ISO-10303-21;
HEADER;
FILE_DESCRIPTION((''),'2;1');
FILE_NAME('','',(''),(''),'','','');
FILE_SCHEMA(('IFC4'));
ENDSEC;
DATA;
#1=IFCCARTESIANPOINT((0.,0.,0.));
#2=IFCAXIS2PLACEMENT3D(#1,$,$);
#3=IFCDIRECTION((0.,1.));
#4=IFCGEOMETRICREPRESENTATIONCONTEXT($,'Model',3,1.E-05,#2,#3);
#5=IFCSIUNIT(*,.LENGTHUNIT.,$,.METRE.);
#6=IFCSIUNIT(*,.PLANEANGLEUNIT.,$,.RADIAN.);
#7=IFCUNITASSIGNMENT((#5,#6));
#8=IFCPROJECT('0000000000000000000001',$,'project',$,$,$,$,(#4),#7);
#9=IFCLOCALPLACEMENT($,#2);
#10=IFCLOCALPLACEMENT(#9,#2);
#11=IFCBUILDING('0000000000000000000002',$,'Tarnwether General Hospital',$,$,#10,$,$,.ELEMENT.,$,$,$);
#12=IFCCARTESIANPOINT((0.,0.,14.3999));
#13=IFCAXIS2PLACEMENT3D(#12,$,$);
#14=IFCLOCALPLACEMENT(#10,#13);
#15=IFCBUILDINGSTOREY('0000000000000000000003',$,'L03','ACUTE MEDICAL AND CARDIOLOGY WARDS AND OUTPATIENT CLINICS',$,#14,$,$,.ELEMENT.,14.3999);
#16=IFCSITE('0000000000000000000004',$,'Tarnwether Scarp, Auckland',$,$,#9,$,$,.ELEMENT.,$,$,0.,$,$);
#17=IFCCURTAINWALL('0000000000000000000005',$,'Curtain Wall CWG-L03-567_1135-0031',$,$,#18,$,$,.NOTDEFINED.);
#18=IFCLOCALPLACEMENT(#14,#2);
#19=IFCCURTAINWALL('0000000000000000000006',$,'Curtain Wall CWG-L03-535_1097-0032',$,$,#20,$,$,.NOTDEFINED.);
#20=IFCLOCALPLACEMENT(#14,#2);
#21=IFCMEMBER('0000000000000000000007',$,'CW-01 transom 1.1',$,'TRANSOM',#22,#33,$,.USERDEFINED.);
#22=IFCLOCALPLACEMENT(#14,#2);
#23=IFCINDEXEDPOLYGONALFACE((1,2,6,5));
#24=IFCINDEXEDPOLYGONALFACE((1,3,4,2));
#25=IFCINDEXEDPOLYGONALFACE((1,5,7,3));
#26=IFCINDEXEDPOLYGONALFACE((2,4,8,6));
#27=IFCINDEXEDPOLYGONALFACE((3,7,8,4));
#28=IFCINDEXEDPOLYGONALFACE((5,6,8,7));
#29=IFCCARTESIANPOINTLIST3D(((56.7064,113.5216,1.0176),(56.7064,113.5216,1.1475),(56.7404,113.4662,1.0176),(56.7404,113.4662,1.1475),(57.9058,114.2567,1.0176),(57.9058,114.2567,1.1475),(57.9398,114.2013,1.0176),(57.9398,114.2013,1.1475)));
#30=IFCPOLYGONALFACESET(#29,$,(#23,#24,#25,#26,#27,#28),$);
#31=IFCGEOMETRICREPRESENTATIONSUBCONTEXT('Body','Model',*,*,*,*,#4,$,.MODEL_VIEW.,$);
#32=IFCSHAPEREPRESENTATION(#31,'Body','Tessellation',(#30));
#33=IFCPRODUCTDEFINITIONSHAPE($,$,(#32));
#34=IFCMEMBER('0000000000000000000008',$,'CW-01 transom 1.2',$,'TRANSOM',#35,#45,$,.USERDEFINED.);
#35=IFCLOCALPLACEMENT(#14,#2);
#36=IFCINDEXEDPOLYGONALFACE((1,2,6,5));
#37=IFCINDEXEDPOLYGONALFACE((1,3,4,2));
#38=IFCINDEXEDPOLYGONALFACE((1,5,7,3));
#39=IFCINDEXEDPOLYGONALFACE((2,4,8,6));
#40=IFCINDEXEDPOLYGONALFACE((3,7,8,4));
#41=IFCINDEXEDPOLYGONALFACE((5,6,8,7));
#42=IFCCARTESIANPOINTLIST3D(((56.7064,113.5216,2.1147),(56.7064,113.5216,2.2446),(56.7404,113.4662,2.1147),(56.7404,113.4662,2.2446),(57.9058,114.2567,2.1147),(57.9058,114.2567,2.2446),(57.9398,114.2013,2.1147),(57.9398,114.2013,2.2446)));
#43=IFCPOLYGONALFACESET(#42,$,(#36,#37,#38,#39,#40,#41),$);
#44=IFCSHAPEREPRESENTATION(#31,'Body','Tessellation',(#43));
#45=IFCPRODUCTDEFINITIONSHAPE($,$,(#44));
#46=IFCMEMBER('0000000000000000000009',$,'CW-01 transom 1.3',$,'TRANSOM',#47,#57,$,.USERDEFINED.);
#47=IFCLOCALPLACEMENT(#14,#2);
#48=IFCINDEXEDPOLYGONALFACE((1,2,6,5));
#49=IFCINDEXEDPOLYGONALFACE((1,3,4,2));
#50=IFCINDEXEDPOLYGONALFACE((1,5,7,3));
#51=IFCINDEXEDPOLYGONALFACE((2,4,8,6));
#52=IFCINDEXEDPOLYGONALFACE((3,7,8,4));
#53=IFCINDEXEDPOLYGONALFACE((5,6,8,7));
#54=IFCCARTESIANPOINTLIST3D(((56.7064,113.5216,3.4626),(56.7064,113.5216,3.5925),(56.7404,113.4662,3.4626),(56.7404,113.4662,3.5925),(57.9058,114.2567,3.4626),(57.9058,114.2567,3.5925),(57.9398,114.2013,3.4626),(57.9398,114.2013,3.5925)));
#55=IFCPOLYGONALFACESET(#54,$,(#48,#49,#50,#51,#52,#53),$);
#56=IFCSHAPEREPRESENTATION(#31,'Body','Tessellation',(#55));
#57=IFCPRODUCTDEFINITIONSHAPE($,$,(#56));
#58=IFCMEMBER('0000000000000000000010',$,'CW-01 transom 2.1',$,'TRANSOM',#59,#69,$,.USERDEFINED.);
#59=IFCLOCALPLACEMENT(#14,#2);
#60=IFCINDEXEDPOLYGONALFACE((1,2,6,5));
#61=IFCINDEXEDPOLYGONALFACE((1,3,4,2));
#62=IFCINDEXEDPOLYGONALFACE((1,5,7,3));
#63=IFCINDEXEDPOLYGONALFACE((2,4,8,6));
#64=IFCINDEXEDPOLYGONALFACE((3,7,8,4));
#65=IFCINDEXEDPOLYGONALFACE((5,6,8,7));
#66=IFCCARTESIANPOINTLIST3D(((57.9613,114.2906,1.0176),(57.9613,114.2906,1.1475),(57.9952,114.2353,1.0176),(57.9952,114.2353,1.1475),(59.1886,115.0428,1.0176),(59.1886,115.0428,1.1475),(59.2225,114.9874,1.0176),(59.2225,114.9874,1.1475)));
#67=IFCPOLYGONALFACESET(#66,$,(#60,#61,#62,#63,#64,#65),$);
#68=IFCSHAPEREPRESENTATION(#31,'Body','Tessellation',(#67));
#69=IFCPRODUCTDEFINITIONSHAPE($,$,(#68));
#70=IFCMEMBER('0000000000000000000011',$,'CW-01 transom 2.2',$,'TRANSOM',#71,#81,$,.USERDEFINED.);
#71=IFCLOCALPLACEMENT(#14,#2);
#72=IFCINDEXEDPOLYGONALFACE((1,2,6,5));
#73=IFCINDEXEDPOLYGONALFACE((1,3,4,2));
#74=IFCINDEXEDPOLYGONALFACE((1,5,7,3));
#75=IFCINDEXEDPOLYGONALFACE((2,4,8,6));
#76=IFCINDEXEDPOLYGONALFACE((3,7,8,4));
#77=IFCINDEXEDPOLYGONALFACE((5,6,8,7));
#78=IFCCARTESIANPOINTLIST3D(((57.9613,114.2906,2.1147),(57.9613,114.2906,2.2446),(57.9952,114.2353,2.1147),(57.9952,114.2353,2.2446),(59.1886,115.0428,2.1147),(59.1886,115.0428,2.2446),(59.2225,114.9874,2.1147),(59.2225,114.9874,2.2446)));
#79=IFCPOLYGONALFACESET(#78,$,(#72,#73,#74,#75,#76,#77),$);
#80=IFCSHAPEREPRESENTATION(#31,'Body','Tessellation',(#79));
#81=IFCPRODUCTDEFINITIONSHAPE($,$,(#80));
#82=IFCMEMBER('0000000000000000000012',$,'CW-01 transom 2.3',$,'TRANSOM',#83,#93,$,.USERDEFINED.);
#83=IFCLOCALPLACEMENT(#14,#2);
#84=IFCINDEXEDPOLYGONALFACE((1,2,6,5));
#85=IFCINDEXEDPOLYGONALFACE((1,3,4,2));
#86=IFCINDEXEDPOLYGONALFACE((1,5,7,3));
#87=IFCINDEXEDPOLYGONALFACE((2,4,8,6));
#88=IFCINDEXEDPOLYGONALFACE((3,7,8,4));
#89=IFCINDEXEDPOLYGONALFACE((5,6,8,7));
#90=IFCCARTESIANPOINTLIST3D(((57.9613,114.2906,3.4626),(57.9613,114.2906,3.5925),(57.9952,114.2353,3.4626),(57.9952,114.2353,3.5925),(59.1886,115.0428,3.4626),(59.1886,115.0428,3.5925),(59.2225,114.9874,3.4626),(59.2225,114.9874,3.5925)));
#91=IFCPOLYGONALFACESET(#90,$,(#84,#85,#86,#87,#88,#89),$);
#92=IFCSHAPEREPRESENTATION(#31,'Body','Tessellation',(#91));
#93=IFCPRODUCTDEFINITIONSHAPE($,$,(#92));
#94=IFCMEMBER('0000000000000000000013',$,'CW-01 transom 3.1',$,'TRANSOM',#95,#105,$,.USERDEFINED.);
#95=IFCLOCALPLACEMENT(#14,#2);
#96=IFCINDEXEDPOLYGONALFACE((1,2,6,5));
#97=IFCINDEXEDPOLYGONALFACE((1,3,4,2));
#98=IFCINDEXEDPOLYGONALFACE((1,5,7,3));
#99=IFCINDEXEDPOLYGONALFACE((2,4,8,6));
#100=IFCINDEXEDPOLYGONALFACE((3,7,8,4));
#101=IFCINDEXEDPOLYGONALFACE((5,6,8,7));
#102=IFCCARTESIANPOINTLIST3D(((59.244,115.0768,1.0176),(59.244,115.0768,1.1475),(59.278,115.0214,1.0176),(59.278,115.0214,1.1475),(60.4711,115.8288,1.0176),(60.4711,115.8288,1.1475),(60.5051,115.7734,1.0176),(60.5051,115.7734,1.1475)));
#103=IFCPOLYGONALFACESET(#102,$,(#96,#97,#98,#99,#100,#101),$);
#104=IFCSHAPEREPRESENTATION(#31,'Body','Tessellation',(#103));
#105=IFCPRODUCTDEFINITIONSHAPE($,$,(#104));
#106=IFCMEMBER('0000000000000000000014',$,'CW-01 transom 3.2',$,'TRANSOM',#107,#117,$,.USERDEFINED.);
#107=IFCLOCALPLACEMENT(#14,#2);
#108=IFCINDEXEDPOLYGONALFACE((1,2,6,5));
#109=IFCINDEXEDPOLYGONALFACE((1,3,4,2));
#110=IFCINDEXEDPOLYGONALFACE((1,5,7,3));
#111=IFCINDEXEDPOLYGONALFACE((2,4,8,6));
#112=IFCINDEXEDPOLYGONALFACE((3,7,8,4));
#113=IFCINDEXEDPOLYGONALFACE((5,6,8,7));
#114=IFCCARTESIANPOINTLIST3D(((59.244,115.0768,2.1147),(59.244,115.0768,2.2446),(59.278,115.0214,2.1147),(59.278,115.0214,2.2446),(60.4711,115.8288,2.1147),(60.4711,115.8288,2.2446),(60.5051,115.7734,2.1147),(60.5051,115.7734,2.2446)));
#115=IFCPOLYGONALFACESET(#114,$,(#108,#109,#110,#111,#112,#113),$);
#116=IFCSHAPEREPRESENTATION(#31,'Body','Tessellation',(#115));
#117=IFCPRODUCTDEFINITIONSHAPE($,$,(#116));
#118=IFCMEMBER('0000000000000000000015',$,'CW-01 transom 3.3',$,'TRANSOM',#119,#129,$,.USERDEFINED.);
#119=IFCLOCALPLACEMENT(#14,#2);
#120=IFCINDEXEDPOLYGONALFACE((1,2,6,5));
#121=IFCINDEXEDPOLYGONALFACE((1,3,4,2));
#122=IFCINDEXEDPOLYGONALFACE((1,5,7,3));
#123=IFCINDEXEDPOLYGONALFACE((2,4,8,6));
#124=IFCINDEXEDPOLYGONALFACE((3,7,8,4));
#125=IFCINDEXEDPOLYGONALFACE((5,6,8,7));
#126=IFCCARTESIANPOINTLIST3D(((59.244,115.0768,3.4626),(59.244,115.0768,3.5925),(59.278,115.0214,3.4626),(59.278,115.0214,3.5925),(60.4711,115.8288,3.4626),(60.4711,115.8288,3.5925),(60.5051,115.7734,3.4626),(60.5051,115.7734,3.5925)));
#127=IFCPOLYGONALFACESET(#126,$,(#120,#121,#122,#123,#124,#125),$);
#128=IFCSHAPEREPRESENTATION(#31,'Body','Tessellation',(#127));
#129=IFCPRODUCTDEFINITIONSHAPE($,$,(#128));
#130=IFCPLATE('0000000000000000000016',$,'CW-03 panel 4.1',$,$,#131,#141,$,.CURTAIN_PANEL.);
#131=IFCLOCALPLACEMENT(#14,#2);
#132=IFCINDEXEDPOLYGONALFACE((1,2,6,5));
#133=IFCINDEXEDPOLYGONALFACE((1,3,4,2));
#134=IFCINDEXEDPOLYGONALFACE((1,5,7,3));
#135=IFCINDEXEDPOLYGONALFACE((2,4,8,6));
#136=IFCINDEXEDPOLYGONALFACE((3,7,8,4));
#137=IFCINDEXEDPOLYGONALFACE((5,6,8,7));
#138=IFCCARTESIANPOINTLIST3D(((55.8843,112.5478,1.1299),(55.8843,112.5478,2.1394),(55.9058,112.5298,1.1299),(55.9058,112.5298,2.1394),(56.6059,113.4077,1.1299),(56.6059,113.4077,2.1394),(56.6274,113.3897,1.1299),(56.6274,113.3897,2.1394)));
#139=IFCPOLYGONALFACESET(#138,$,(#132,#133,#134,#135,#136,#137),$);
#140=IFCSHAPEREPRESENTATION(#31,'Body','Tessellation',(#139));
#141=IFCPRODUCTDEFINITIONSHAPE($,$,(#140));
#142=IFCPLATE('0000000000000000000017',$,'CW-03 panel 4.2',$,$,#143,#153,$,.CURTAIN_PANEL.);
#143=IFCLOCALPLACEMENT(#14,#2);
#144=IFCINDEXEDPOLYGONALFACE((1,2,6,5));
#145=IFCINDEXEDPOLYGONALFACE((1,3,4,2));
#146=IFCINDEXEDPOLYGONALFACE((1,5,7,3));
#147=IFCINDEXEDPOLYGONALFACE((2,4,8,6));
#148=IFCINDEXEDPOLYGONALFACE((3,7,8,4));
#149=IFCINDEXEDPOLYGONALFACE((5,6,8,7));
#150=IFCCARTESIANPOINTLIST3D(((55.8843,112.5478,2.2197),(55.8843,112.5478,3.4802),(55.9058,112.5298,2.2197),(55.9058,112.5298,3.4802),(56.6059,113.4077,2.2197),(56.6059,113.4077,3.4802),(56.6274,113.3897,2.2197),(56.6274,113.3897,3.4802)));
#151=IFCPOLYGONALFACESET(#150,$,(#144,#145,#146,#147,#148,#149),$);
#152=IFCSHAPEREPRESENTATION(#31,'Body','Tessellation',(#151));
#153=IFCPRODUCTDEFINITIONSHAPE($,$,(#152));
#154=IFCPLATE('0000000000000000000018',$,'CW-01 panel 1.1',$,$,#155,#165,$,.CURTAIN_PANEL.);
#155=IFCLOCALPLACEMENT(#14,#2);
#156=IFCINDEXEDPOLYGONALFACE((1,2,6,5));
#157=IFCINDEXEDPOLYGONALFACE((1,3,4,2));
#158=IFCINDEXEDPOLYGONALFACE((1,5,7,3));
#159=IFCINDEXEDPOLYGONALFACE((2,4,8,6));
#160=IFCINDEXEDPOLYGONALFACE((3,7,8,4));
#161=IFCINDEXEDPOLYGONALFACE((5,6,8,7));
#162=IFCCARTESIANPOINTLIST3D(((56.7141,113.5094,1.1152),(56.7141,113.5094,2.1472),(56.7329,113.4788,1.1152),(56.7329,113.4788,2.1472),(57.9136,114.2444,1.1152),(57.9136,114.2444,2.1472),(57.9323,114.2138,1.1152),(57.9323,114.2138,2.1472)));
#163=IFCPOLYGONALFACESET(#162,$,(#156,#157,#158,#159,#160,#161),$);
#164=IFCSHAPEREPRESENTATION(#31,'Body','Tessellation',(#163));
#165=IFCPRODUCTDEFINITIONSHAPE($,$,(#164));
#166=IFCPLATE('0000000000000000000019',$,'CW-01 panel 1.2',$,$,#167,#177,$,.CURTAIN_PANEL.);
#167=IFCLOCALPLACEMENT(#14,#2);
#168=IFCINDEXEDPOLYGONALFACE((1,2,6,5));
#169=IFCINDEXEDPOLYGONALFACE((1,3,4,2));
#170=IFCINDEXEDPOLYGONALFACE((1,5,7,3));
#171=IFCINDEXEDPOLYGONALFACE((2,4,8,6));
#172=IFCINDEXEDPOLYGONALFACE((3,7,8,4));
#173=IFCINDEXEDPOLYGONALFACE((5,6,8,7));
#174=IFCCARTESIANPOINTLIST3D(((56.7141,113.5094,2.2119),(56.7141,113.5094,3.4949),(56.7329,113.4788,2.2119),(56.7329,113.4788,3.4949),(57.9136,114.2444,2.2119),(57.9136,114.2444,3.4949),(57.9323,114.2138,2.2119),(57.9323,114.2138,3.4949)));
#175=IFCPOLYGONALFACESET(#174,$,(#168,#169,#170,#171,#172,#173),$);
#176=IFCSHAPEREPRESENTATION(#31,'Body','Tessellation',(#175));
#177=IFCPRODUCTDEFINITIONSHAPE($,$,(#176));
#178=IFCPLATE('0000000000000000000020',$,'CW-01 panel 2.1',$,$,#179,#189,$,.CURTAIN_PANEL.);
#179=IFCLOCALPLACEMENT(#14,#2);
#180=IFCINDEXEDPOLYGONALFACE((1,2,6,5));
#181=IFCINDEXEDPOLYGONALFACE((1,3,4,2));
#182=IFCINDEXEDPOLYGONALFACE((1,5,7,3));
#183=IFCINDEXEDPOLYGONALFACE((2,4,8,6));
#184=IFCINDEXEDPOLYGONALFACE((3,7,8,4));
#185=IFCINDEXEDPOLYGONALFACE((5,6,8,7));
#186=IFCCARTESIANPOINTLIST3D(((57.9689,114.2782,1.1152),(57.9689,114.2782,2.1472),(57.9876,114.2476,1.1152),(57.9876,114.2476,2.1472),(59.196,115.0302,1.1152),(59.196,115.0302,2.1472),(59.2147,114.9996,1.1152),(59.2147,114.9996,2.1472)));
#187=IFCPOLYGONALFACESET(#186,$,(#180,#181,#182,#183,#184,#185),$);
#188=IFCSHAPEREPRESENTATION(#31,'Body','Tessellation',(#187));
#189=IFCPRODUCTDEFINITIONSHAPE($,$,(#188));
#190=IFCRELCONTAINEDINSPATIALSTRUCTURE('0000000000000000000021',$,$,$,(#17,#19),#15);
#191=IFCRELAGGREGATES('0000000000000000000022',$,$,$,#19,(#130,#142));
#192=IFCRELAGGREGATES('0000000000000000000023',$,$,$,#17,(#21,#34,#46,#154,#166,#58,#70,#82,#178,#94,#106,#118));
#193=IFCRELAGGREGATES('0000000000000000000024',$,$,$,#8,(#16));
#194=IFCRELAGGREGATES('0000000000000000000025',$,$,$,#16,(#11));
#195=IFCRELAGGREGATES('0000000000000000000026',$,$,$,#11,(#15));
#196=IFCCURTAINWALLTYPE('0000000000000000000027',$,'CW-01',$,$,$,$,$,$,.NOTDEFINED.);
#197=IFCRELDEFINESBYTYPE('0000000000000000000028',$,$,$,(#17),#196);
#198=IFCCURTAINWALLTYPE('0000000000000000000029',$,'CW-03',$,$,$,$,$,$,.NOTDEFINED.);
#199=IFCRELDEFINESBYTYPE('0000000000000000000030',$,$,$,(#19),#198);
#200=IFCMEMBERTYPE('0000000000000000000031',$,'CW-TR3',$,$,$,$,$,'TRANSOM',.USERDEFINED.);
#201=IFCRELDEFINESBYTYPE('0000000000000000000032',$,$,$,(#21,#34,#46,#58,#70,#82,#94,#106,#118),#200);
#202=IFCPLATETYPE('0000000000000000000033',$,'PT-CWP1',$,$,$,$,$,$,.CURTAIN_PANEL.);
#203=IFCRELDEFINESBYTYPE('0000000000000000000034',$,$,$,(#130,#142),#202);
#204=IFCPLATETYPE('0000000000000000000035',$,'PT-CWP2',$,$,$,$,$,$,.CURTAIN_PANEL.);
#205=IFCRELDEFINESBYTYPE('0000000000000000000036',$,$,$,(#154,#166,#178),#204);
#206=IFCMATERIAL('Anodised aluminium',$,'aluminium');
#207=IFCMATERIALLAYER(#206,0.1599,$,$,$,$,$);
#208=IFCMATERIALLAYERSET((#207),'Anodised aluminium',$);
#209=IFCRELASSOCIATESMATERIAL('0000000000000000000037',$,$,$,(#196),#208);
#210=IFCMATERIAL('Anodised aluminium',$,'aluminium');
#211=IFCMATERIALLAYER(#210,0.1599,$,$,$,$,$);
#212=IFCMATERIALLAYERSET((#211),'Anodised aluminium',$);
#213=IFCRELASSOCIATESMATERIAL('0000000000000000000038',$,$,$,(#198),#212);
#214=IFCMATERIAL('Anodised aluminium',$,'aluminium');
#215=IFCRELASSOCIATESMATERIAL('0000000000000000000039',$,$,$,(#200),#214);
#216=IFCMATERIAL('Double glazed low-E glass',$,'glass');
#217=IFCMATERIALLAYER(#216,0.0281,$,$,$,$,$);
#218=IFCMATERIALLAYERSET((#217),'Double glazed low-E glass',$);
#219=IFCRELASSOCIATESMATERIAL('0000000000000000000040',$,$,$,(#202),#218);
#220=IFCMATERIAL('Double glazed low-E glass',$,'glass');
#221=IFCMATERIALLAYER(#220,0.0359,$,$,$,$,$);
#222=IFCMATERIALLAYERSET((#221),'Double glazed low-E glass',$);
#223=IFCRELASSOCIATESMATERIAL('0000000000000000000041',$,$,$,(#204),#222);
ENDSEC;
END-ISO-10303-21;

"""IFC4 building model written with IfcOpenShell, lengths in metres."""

from ifc_helpers import new_model, si_unit, direction, frame, origin, origin_2d, place, context, subcontext, project, spatial, rectangle, extrude, material, layer, layer_set, material_profile, profile_set, type_object, element, aggregate, save


model = new_model("IFC4")

# Units and contexts
model_context = context("Model", 3, precision=1e-05, world=origin(), true_north=direction((0.0, 1.0)))
body_context = subcontext(model_context, "Body", "Model", "MODEL_VIEW")
ifc_project = project(units=[si_unit("LENGTHUNIT", "METRE"), si_unit("PLANEANGLEUNIT", "RADIAN")], contexts=[model_context])

# Site, building, storey
site_placement = place(None, origin())
site = spatial("IfcSite", under=ifc_project, at=site_placement, Name="Tarnwether Scarp, Auckland", CompositionType="ELEMENT", RefElevation=0.0)
building_placement = place(site_placement, origin())
building = spatial("IfcBuilding", under=site, at=building_placement, Name="Tarnwether General Hospital", CompositionType="ELEMENT")
storey_placement = place(building_placement, frame((0.0, 0.0, 14.3999)))
storey = spatial("IfcBuildingStorey", under=building, at=storey_placement, Name="L03", Description="ACUTE MEDICAL AND CARDIOLOGY WARDS AND OUTPATIENT CLINICS", CompositionType="ELEMENT", Elevation=14.3999)

# Curtain wall
ifc_material_1 = material(Name="Anodised aluminium", Category="aluminium")
ifc_layer_1 = layer(ifc_material_1, 0.1599)
ifc_layer_set_1 = layer_set([ifc_layer_1], Name="Anodised aluminium")
curtain_wall_type_1 = type_object("IfcCurtainWallType", Name="CW-01", PredefinedType="NOTDEFINED", material=ifc_layer_set_1)
curtain_wall_1_placement = place(storey_placement, origin())
curtain_wall_1 = element("IfcCurtainWall", 1, at=curtain_wall_1_placement, inside=storey, type_object=curtain_wall_type_1, Name="Curtain Wall CWG-L03-567_1135-0031", PredefinedType="NOTDEFINED")

# Curtain wall
ifc_material_2 = material(Name="Anodised aluminium", Category="aluminium")
ifc_layer_2 = layer(ifc_material_2, 0.1599)
ifc_layer_set_2 = layer_set([ifc_layer_2], Name="Anodised aluminium")
curtain_wall_type_2 = type_object("IfcCurtainWallType", Name="CW-03", PredefinedType="NOTDEFINED", material=ifc_layer_set_2)
curtain_wall_2_placement = place(storey_placement, origin())
curtain_wall_2 = element("IfcCurtainWall", 2, at=curtain_wall_2_placement, inside=storey, type_object=curtain_wall_type_2, Name="Curtain Wall CWG-L03-535_1097-0032", PredefinedType="NOTDEFINED")

# Members
ifc_material_3 = material(Name="Anodised aluminium", Category="aluminium")
ifc_material_profile_1 = material_profile(ifc_material_3, rectangle(XDim=0.0649, YDim=0.1299, at=origin_2d()), Name="ALU-TRN-65x130")
ifc_profile_set_1 = profile_set([ifc_material_profile_1], Name="Anodised aluminium")
member_type_1 = type_object("IfcMemberType", Name="CW-TR3", ElementType="TRANSOM", PredefinedType="USERDEFINED", material=ifc_profile_set_1)
member_1_placement = place(storey_placement, frame((56.7234, 113.4939, 1.0825), z_axis=(0.852616, 0.522538, 0.0), x_axis=(-0.522538, 0.852616, 0.0)))
member_1 = element("IfcMember", 3, at=member_1_placement, type_object=member_type_1, Name="CW-01 transom 1.1", ObjectType="TRANSOM", PredefinedType="USERDEFINED", context=body_context, shape_type="SweptSolid", body=[
    extrude(rectangle(XDim=0.0649, YDim=0.1299, at=origin_2d()), origin(), (0.0, 0.0, 1.0), 1.4067),
])
member_2_placement = place(storey_placement, frame((56.7234, 113.4939, 2.1797), z_axis=(0.852616, 0.522538, 0.0), x_axis=(-0.522538, 0.852616, 0.0)))
member_2 = element("IfcMember", 4, at=member_2_placement, type_object=member_type_1, Name="CW-01 transom 1.2", ObjectType="TRANSOM", PredefinedType="USERDEFINED", context=body_context, shape_type="SweptSolid", body=[
    extrude(rectangle(XDim=0.0649, YDim=0.1299, at=origin_2d()), origin(), (0.0, 0.0, 1.0), 1.4067),
])
member_3_placement = place(storey_placement, frame((56.7234, 113.4939, 3.5276), z_axis=(0.852616, 0.522538, 0.0), x_axis=(-0.522538, 0.852616, 0.0)))
member_3 = element("IfcMember", 5, at=member_3_placement, type_object=member_type_1, Name="CW-01 transom 1.3", ObjectType="TRANSOM", PredefinedType="USERDEFINED", context=body_context, shape_type="SweptSolid", body=[
    extrude(rectangle(XDim=0.0649, YDim=0.1299, at=origin_2d()), origin(), (0.0, 0.0, 1.0), 1.4067),
])
member_4_placement = place(storey_placement, frame((57.9783, 114.2629, 1.0825), z_axis=(0.852606, 0.522554, 0.0), x_axis=(-0.522554, 0.852606, 0.0)))
member_4 = element("IfcMember", 6, at=member_4_placement, type_object=member_type_1, Name="CW-01 transom 2.1", ObjectType="TRANSOM", PredefinedType="USERDEFINED", context=body_context, shape_type="SweptSolid", body=[
    extrude(rectangle(XDim=0.0649, YDim=0.1299, at=origin_2d()), origin(), (0.0, 0.0, 1.0), 1.4395),
])
member_5_placement = place(storey_placement, frame((57.9783, 114.2629, 2.1797), z_axis=(0.852606, 0.522554, 0.0), x_axis=(-0.522554, 0.852606, 0.0)))
member_5 = element("IfcMember", 7, at=member_5_placement, type_object=member_type_1, Name="CW-01 transom 2.2", ObjectType="TRANSOM", PredefinedType="USERDEFINED", context=body_context, shape_type="SweptSolid", body=[
    extrude(rectangle(XDim=0.0649, YDim=0.1299, at=origin_2d()), origin(), (0.0, 0.0, 1.0), 1.4395),
])
member_6_placement = place(storey_placement, frame((57.9783, 114.2629, 3.5276), z_axis=(0.852606, 0.522554, 0.0), x_axis=(-0.522554, 0.852606, 0.0)))
member_6 = element("IfcMember", 8, at=member_6_placement, type_object=member_type_1, Name="CW-01 transom 2.3", ObjectType="TRANSOM", PredefinedType="USERDEFINED", context=body_context, shape_type="SweptSolid", body=[
    extrude(rectangle(XDim=0.0649, YDim=0.1299, at=origin_2d()), origin(), (0.0, 0.0, 1.0), 1.4395),
])
member_7_placement = place(storey_placement, frame((59.261, 115.0491, 1.0825), z_axis=(0.852635, 0.522506, 0.0), x_axis=(-0.522506, 0.852635, 0.0)))
member_7 = element("IfcMember", 9, at=member_7_placement, type_object=member_type_1, Name="CW-01 transom 3.1", ObjectType="TRANSOM", PredefinedType="USERDEFINED", context=body_context, shape_type="SweptSolid", body=[
    extrude(rectangle(XDim=0.0649, YDim=0.1299, at=origin_2d()), origin(), (0.0, 0.0, 1.0), 1.4392),
])
member_8_placement = place(storey_placement, frame((59.261, 115.0491, 2.1797), z_axis=(0.852635, 0.522506, 0.0), x_axis=(-0.522506, 0.852635, 0.0)))
member_8 = element("IfcMember", 10, at=member_8_placement, type_object=member_type_1, Name="CW-01 transom 3.2", ObjectType="TRANSOM", PredefinedType="USERDEFINED", context=body_context, shape_type="SweptSolid", body=[
    extrude(rectangle(XDim=0.0649, YDim=0.1299, at=origin_2d()), origin(), (0.0, 0.0, 1.0), 1.4392),
])
member_9_placement = place(storey_placement, frame((59.261, 115.0491, 3.5276), z_axis=(0.852635, 0.522506, 0.0), x_axis=(-0.522506, 0.852635, 0.0)))
member_9 = element("IfcMember", 11, at=member_9_placement, type_object=member_type_1, Name="CW-01 transom 3.3", ObjectType="TRANSOM", PredefinedType="USERDEFINED", context=body_context, shape_type="SweptSolid", body=[
    extrude(rectangle(XDim=0.0649, YDim=0.1299, at=origin_2d()), origin(), (0.0, 0.0, 1.0), 1.4392),
])

# Plates
ifc_material_4 = material(Name="Double glazed low-E glass", Category="glass")
ifc_layer_3 = layer(ifc_material_4, 0.0281)
ifc_layer_set_3 = layer_set([ifc_layer_3], Name="Double glazed low-E glass")
plate_type_1 = type_object("IfcPlateType", Name="PT-CWP1", PredefinedType="CURTAIN_PANEL", material=ifc_layer_set_3)
plate_1_placement = place(storey_placement, frame((56.2559, 112.9688, 1.1299), z_axis=(0.0, 0.0, 1.0), x_axis=(0.642852, 0.76599, 0.0)))
plate_1 = element("IfcPlate", 12, at=plate_1_placement, type_object=plate_type_1, Name="CW-03 panel 4.1", PredefinedType="CURTAIN_PANEL", context=body_context, shape_type="SweptSolid", body=[
    extrude(rectangle(XDim=1.1226, YDim=0.0281, at=origin_2d()), origin(), (0.0, 0.0, 1.0), 1.0095),
])
plate_2_placement = place(storey_placement, frame((56.2559, 112.9688, 2.2197), z_axis=(0.0, 0.0, 1.0), x_axis=(0.642852, 0.76599, 0.0)))
plate_2 = element("IfcPlate", 13, at=plate_2_placement, type_object=plate_type_1, Name="CW-03 panel 4.2", PredefinedType="CURTAIN_PANEL", context=body_context, shape_type="SweptSolid", body=[
    extrude(rectangle(XDim=1.1226, YDim=0.0281, at=origin_2d()), origin(), (0.0, 0.0, 1.0), 1.2605),
])
aggregate(curtain_wall_2, [plate_1, plate_2])
ifc_material_5 = material(Name="Double glazed low-E glass", Category="glass")
ifc_layer_4 = layer(ifc_material_5, 0.0359)
ifc_layer_set_4 = layer_set([ifc_layer_4], Name="Double glazed low-E glass")
plate_type_2 = type_object("IfcPlateType", Name="PT-CWP2", PredefinedType="CURTAIN_PANEL", material=ifc_layer_set_4)
plate_3_placement = place(storey_placement, frame((57.3232, 113.8616, 1.1152), z_axis=(0.0, 0.0, 1.0), x_axis=(0.852634, 0.522509, 0.0)))
plate_3 = element("IfcPlate", 14, at=plate_3_placement, type_object=plate_type_2, Name="CW-01 panel 1.1", PredefinedType="CURTAIN_PANEL", context=body_context, shape_type="SweptSolid", body=[
    extrude(rectangle(XDim=1.4067, YDim=0.0359, at=origin_2d()), origin(), (0.0, 0.0, 1.0), 1.032),
])
plate_4_placement = place(storey_placement, frame((57.3232, 113.8616, 2.2119), z_axis=(0.0, 0.0, 1.0), x_axis=(0.852634, 0.522509, 0.0)))
plate_4 = element("IfcPlate", 15, at=plate_4_placement, type_object=plate_type_2, Name="CW-01 panel 1.2", PredefinedType="CURTAIN_PANEL", context=body_context, shape_type="SweptSolid", body=[
    extrude(rectangle(XDim=1.4067, YDim=0.0359, at=origin_2d()), origin(), (0.0, 0.0, 1.0), 1.283),
])
plate_5_placement = place(storey_placement, frame((58.5918, 114.6389, 1.1152), z_axis=(0.0, 0.0, 1.0), x_axis=(0.852634, 0.522509, 0.0)))
plate_5 = element("IfcPlate", 16, at=plate_5_placement, type_object=plate_type_2, Name="CW-01 panel 2.1", PredefinedType="CURTAIN_PANEL", context=body_context, shape_type="SweptSolid", body=[
    extrude(rectangle(XDim=1.4392, YDim=0.0359, at=origin_2d()), origin(), (0.0, 0.0, 1.0), 1.032),
])
aggregate(curtain_wall_1, [member_1, member_2, member_3, plate_3, plate_4, member_4, member_5, member_6, plate_5, member_7, member_8, member_9])

save(model, "model.ifc")
